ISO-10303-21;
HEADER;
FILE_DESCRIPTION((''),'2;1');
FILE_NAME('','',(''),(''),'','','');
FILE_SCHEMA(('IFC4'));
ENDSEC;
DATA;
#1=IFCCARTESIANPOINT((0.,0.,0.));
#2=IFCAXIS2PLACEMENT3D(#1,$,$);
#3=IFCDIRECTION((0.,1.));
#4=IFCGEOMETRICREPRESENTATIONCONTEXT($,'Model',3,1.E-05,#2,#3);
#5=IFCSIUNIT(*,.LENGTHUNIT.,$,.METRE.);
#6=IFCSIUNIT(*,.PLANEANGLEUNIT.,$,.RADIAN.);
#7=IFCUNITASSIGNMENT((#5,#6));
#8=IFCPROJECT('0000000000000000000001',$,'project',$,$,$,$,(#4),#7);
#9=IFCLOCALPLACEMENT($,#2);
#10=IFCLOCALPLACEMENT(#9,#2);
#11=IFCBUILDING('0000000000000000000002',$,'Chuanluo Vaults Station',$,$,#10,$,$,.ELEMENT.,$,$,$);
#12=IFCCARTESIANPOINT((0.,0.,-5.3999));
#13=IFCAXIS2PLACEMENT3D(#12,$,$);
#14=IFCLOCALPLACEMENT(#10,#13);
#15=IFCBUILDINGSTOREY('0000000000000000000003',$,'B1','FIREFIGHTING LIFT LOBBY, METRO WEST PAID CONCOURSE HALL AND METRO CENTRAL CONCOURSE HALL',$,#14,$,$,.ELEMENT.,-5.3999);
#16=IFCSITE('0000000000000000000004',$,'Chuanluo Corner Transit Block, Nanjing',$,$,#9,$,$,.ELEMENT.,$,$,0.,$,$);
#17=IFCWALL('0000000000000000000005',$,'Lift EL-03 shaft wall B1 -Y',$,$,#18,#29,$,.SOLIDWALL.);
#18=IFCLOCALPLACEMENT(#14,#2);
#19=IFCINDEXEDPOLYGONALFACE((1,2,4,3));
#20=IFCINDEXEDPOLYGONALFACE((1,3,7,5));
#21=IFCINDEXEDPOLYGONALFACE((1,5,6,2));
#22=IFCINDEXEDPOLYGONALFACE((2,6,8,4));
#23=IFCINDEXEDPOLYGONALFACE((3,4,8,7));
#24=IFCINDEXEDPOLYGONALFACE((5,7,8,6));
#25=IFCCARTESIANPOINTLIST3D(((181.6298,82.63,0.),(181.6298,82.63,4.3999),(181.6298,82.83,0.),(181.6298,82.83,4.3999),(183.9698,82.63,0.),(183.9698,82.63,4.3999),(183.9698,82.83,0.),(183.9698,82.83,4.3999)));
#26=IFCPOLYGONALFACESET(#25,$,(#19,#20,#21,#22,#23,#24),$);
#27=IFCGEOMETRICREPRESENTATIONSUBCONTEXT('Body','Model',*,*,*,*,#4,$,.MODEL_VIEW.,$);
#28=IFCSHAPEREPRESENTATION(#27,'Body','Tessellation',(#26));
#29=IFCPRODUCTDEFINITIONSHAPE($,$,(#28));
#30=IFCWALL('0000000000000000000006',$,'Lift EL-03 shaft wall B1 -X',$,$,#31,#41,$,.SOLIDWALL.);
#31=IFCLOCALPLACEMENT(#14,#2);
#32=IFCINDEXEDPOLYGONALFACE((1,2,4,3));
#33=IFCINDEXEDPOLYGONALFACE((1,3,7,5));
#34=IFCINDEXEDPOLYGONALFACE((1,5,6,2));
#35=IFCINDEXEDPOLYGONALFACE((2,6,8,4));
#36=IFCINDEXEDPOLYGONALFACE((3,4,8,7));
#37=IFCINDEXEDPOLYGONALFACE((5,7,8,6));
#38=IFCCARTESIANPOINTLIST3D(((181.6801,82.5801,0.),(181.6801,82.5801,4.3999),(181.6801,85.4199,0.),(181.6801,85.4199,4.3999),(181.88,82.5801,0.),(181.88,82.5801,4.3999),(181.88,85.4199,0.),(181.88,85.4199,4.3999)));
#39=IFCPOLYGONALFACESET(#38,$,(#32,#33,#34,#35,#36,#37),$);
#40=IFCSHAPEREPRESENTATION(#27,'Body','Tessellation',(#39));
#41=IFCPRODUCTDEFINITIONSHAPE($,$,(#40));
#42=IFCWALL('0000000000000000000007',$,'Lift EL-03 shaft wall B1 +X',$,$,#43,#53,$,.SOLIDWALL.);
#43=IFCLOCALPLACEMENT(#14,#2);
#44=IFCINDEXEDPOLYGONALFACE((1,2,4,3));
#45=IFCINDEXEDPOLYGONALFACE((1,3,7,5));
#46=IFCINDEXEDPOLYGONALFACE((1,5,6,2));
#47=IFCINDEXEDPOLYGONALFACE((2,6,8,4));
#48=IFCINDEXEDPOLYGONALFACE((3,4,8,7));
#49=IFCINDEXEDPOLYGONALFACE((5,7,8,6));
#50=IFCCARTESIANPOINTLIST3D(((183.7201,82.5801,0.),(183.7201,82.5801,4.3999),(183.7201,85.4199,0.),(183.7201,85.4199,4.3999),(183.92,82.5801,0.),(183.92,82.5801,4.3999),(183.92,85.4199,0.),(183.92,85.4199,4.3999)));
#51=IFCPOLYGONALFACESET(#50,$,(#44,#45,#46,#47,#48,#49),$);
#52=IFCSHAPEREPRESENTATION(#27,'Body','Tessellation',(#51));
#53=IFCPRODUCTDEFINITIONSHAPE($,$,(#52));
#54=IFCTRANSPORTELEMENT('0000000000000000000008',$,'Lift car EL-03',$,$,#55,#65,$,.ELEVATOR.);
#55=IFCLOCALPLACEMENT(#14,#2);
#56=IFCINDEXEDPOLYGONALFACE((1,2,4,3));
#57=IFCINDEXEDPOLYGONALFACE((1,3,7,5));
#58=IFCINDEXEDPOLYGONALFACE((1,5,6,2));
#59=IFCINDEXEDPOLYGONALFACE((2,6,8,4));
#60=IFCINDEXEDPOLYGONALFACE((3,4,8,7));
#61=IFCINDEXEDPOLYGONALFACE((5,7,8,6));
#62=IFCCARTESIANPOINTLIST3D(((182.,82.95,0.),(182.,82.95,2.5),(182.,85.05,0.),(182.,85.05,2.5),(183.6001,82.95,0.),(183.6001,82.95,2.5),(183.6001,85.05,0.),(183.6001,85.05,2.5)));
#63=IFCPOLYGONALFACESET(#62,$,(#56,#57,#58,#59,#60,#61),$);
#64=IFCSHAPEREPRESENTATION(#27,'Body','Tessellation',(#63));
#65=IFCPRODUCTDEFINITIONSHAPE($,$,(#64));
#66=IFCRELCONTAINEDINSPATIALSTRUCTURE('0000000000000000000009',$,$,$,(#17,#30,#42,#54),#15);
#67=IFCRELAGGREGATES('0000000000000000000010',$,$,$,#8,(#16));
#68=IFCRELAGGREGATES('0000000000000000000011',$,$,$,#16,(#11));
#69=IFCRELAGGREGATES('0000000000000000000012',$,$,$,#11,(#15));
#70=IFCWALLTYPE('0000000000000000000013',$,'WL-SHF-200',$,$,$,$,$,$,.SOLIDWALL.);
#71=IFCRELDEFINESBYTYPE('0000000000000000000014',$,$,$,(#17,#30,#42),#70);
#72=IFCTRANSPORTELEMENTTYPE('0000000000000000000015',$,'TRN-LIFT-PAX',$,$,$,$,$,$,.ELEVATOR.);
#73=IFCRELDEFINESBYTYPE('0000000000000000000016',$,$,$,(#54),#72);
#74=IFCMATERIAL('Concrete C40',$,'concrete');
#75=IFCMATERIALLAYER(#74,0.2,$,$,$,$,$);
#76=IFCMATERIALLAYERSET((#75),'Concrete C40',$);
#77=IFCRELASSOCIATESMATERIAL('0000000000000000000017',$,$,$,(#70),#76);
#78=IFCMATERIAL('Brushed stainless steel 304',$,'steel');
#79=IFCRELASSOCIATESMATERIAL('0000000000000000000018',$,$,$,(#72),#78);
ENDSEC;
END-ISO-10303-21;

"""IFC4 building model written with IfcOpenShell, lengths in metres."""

from ifc_helpers import new_model, si_unit, direction, frame, frame_2d, origin, origin_2d, place, context, subcontext, project, spatial, rectangle, extrude, material, layer, layer_set, type_object, element, save


model = new_model("IFC4")

# Units and contexts
model_context = context("Model", 3, precision=1e-05, world=origin(), true_north=direction((0.0, 1.0)))
body_context = subcontext(model_context, "Body", "Model", "MODEL_VIEW")
ifc_project = project(units=[si_unit("LENGTHUNIT", "METRE"), si_unit("PLANEANGLEUNIT", "RADIAN")], contexts=[model_context])

# Site, building, storey
site_placement = place(None, origin())
site = spatial("IfcSite", under=ifc_project, at=site_placement, Name="Chuanluo Corner Transit Block, Nanjing", CompositionType="ELEMENT", RefElevation=0.0)
building_placement = place(site_placement, origin())
building = spatial("IfcBuilding", under=site, at=building_placement, Name="Chuanluo Vaults Station", CompositionType="ELEMENT")
storey_placement = place(building_placement, frame((0.0, 0.0, -5.3999)))
storey = spatial("IfcBuildingStorey", under=building, at=storey_placement, Name="B1", Description="FIREFIGHTING LIFT LOBBY, METRO WEST PAID CONCOURSE HALL AND METRO CENTRAL CONCOURSE HALL", CompositionType="ELEMENT", Elevation=-5.3999)

# Wall
ifc_material_1 = material(Name="Concrete C40", Category="concrete")
ifc_layer_1 = layer(ifc_material_1, 0.2)
ifc_layer_set_1 = layer_set([ifc_layer_1], Name="Concrete C40")
wall_type_1 = type_object("IfcWallType", Name="WL-SHF-200", PredefinedType="SOLIDWALL", material=ifc_layer_set_1)
wall_1_placement = place(storey_placement, frame((181.6299, 82.73, 0.0), z_axis=(0.0, 0.0, 1.0), x_axis=(1.0, 0.0, 0.0)))
element("IfcWall", 1, at=wall_1_placement, inside=storey, type_object=wall_type_1, Name="Lift EL-03 shaft wall B1 -Y", PredefinedType="SOLIDWALL", context=body_context, shape_type="SweptSolid", body=[
    extrude(rectangle(XDim=2.3401, YDim=0.2, at=frame_2d((1.1699, 0.0))), origin(), (0.0, 0.0, 1.0), 4.3999),
])

# Walls
for number, where, z_axis, x_axis, name in (
    (2, (181.78, 85.4199, 0.0), (0.0, 0.0, 1.0), (0.0, -1.0, 0.0), "Lift EL-03 shaft wall B1 -X"),
    (3, (183.8201, 82.5801, 0.0), (0.0, 0.0, 1.0), (0.0, 1.0, 0.0), "Lift EL-03 shaft wall B1 +X"),
):
    element("IfcWall", number, at=place(storey_placement, frame(where, z_axis=z_axis, x_axis=x_axis)), inside=storey, type_object=wall_type_1, Name=name, PredefinedType="SOLIDWALL", context=body_context, shape_type="SweptSolid", body=[
        extrude(rectangle(XDim=2.8398, YDim=0.2, at=frame_2d((1.4199, 0.0))), origin(), (0.0, 0.0, 1.0), 4.3999),
    ])

# Transport element
ifc_material_2 = material(Name="Brushed stainless steel 304", Category="steel")
transport_element_type = type_object("IfcTransportElementType", Name="TRN-LIFT-PAX", PredefinedType="ELEVATOR", material=ifc_material_2)
transport_element_placement = place(storey_placement, frame((182.8, 84.0, 0.0), z_axis=(0.0, 0.0, 1.0), x_axis=(1.0, 0.0, 0.0)))
element("IfcTransportElement", 4, at=transport_element_placement, inside=storey, type_object=transport_element_type, Name="Lift car EL-03", PredefinedType="ELEVATOR", context=body_context, shape_type="SweptSolid", body=[
    extrude(rectangle(XDim=1.6001, YDim=2.1001, at=origin_2d()), origin(), (0.0, 0.0, 1.0), 2.5),
])

save(model, "model.ifc")
